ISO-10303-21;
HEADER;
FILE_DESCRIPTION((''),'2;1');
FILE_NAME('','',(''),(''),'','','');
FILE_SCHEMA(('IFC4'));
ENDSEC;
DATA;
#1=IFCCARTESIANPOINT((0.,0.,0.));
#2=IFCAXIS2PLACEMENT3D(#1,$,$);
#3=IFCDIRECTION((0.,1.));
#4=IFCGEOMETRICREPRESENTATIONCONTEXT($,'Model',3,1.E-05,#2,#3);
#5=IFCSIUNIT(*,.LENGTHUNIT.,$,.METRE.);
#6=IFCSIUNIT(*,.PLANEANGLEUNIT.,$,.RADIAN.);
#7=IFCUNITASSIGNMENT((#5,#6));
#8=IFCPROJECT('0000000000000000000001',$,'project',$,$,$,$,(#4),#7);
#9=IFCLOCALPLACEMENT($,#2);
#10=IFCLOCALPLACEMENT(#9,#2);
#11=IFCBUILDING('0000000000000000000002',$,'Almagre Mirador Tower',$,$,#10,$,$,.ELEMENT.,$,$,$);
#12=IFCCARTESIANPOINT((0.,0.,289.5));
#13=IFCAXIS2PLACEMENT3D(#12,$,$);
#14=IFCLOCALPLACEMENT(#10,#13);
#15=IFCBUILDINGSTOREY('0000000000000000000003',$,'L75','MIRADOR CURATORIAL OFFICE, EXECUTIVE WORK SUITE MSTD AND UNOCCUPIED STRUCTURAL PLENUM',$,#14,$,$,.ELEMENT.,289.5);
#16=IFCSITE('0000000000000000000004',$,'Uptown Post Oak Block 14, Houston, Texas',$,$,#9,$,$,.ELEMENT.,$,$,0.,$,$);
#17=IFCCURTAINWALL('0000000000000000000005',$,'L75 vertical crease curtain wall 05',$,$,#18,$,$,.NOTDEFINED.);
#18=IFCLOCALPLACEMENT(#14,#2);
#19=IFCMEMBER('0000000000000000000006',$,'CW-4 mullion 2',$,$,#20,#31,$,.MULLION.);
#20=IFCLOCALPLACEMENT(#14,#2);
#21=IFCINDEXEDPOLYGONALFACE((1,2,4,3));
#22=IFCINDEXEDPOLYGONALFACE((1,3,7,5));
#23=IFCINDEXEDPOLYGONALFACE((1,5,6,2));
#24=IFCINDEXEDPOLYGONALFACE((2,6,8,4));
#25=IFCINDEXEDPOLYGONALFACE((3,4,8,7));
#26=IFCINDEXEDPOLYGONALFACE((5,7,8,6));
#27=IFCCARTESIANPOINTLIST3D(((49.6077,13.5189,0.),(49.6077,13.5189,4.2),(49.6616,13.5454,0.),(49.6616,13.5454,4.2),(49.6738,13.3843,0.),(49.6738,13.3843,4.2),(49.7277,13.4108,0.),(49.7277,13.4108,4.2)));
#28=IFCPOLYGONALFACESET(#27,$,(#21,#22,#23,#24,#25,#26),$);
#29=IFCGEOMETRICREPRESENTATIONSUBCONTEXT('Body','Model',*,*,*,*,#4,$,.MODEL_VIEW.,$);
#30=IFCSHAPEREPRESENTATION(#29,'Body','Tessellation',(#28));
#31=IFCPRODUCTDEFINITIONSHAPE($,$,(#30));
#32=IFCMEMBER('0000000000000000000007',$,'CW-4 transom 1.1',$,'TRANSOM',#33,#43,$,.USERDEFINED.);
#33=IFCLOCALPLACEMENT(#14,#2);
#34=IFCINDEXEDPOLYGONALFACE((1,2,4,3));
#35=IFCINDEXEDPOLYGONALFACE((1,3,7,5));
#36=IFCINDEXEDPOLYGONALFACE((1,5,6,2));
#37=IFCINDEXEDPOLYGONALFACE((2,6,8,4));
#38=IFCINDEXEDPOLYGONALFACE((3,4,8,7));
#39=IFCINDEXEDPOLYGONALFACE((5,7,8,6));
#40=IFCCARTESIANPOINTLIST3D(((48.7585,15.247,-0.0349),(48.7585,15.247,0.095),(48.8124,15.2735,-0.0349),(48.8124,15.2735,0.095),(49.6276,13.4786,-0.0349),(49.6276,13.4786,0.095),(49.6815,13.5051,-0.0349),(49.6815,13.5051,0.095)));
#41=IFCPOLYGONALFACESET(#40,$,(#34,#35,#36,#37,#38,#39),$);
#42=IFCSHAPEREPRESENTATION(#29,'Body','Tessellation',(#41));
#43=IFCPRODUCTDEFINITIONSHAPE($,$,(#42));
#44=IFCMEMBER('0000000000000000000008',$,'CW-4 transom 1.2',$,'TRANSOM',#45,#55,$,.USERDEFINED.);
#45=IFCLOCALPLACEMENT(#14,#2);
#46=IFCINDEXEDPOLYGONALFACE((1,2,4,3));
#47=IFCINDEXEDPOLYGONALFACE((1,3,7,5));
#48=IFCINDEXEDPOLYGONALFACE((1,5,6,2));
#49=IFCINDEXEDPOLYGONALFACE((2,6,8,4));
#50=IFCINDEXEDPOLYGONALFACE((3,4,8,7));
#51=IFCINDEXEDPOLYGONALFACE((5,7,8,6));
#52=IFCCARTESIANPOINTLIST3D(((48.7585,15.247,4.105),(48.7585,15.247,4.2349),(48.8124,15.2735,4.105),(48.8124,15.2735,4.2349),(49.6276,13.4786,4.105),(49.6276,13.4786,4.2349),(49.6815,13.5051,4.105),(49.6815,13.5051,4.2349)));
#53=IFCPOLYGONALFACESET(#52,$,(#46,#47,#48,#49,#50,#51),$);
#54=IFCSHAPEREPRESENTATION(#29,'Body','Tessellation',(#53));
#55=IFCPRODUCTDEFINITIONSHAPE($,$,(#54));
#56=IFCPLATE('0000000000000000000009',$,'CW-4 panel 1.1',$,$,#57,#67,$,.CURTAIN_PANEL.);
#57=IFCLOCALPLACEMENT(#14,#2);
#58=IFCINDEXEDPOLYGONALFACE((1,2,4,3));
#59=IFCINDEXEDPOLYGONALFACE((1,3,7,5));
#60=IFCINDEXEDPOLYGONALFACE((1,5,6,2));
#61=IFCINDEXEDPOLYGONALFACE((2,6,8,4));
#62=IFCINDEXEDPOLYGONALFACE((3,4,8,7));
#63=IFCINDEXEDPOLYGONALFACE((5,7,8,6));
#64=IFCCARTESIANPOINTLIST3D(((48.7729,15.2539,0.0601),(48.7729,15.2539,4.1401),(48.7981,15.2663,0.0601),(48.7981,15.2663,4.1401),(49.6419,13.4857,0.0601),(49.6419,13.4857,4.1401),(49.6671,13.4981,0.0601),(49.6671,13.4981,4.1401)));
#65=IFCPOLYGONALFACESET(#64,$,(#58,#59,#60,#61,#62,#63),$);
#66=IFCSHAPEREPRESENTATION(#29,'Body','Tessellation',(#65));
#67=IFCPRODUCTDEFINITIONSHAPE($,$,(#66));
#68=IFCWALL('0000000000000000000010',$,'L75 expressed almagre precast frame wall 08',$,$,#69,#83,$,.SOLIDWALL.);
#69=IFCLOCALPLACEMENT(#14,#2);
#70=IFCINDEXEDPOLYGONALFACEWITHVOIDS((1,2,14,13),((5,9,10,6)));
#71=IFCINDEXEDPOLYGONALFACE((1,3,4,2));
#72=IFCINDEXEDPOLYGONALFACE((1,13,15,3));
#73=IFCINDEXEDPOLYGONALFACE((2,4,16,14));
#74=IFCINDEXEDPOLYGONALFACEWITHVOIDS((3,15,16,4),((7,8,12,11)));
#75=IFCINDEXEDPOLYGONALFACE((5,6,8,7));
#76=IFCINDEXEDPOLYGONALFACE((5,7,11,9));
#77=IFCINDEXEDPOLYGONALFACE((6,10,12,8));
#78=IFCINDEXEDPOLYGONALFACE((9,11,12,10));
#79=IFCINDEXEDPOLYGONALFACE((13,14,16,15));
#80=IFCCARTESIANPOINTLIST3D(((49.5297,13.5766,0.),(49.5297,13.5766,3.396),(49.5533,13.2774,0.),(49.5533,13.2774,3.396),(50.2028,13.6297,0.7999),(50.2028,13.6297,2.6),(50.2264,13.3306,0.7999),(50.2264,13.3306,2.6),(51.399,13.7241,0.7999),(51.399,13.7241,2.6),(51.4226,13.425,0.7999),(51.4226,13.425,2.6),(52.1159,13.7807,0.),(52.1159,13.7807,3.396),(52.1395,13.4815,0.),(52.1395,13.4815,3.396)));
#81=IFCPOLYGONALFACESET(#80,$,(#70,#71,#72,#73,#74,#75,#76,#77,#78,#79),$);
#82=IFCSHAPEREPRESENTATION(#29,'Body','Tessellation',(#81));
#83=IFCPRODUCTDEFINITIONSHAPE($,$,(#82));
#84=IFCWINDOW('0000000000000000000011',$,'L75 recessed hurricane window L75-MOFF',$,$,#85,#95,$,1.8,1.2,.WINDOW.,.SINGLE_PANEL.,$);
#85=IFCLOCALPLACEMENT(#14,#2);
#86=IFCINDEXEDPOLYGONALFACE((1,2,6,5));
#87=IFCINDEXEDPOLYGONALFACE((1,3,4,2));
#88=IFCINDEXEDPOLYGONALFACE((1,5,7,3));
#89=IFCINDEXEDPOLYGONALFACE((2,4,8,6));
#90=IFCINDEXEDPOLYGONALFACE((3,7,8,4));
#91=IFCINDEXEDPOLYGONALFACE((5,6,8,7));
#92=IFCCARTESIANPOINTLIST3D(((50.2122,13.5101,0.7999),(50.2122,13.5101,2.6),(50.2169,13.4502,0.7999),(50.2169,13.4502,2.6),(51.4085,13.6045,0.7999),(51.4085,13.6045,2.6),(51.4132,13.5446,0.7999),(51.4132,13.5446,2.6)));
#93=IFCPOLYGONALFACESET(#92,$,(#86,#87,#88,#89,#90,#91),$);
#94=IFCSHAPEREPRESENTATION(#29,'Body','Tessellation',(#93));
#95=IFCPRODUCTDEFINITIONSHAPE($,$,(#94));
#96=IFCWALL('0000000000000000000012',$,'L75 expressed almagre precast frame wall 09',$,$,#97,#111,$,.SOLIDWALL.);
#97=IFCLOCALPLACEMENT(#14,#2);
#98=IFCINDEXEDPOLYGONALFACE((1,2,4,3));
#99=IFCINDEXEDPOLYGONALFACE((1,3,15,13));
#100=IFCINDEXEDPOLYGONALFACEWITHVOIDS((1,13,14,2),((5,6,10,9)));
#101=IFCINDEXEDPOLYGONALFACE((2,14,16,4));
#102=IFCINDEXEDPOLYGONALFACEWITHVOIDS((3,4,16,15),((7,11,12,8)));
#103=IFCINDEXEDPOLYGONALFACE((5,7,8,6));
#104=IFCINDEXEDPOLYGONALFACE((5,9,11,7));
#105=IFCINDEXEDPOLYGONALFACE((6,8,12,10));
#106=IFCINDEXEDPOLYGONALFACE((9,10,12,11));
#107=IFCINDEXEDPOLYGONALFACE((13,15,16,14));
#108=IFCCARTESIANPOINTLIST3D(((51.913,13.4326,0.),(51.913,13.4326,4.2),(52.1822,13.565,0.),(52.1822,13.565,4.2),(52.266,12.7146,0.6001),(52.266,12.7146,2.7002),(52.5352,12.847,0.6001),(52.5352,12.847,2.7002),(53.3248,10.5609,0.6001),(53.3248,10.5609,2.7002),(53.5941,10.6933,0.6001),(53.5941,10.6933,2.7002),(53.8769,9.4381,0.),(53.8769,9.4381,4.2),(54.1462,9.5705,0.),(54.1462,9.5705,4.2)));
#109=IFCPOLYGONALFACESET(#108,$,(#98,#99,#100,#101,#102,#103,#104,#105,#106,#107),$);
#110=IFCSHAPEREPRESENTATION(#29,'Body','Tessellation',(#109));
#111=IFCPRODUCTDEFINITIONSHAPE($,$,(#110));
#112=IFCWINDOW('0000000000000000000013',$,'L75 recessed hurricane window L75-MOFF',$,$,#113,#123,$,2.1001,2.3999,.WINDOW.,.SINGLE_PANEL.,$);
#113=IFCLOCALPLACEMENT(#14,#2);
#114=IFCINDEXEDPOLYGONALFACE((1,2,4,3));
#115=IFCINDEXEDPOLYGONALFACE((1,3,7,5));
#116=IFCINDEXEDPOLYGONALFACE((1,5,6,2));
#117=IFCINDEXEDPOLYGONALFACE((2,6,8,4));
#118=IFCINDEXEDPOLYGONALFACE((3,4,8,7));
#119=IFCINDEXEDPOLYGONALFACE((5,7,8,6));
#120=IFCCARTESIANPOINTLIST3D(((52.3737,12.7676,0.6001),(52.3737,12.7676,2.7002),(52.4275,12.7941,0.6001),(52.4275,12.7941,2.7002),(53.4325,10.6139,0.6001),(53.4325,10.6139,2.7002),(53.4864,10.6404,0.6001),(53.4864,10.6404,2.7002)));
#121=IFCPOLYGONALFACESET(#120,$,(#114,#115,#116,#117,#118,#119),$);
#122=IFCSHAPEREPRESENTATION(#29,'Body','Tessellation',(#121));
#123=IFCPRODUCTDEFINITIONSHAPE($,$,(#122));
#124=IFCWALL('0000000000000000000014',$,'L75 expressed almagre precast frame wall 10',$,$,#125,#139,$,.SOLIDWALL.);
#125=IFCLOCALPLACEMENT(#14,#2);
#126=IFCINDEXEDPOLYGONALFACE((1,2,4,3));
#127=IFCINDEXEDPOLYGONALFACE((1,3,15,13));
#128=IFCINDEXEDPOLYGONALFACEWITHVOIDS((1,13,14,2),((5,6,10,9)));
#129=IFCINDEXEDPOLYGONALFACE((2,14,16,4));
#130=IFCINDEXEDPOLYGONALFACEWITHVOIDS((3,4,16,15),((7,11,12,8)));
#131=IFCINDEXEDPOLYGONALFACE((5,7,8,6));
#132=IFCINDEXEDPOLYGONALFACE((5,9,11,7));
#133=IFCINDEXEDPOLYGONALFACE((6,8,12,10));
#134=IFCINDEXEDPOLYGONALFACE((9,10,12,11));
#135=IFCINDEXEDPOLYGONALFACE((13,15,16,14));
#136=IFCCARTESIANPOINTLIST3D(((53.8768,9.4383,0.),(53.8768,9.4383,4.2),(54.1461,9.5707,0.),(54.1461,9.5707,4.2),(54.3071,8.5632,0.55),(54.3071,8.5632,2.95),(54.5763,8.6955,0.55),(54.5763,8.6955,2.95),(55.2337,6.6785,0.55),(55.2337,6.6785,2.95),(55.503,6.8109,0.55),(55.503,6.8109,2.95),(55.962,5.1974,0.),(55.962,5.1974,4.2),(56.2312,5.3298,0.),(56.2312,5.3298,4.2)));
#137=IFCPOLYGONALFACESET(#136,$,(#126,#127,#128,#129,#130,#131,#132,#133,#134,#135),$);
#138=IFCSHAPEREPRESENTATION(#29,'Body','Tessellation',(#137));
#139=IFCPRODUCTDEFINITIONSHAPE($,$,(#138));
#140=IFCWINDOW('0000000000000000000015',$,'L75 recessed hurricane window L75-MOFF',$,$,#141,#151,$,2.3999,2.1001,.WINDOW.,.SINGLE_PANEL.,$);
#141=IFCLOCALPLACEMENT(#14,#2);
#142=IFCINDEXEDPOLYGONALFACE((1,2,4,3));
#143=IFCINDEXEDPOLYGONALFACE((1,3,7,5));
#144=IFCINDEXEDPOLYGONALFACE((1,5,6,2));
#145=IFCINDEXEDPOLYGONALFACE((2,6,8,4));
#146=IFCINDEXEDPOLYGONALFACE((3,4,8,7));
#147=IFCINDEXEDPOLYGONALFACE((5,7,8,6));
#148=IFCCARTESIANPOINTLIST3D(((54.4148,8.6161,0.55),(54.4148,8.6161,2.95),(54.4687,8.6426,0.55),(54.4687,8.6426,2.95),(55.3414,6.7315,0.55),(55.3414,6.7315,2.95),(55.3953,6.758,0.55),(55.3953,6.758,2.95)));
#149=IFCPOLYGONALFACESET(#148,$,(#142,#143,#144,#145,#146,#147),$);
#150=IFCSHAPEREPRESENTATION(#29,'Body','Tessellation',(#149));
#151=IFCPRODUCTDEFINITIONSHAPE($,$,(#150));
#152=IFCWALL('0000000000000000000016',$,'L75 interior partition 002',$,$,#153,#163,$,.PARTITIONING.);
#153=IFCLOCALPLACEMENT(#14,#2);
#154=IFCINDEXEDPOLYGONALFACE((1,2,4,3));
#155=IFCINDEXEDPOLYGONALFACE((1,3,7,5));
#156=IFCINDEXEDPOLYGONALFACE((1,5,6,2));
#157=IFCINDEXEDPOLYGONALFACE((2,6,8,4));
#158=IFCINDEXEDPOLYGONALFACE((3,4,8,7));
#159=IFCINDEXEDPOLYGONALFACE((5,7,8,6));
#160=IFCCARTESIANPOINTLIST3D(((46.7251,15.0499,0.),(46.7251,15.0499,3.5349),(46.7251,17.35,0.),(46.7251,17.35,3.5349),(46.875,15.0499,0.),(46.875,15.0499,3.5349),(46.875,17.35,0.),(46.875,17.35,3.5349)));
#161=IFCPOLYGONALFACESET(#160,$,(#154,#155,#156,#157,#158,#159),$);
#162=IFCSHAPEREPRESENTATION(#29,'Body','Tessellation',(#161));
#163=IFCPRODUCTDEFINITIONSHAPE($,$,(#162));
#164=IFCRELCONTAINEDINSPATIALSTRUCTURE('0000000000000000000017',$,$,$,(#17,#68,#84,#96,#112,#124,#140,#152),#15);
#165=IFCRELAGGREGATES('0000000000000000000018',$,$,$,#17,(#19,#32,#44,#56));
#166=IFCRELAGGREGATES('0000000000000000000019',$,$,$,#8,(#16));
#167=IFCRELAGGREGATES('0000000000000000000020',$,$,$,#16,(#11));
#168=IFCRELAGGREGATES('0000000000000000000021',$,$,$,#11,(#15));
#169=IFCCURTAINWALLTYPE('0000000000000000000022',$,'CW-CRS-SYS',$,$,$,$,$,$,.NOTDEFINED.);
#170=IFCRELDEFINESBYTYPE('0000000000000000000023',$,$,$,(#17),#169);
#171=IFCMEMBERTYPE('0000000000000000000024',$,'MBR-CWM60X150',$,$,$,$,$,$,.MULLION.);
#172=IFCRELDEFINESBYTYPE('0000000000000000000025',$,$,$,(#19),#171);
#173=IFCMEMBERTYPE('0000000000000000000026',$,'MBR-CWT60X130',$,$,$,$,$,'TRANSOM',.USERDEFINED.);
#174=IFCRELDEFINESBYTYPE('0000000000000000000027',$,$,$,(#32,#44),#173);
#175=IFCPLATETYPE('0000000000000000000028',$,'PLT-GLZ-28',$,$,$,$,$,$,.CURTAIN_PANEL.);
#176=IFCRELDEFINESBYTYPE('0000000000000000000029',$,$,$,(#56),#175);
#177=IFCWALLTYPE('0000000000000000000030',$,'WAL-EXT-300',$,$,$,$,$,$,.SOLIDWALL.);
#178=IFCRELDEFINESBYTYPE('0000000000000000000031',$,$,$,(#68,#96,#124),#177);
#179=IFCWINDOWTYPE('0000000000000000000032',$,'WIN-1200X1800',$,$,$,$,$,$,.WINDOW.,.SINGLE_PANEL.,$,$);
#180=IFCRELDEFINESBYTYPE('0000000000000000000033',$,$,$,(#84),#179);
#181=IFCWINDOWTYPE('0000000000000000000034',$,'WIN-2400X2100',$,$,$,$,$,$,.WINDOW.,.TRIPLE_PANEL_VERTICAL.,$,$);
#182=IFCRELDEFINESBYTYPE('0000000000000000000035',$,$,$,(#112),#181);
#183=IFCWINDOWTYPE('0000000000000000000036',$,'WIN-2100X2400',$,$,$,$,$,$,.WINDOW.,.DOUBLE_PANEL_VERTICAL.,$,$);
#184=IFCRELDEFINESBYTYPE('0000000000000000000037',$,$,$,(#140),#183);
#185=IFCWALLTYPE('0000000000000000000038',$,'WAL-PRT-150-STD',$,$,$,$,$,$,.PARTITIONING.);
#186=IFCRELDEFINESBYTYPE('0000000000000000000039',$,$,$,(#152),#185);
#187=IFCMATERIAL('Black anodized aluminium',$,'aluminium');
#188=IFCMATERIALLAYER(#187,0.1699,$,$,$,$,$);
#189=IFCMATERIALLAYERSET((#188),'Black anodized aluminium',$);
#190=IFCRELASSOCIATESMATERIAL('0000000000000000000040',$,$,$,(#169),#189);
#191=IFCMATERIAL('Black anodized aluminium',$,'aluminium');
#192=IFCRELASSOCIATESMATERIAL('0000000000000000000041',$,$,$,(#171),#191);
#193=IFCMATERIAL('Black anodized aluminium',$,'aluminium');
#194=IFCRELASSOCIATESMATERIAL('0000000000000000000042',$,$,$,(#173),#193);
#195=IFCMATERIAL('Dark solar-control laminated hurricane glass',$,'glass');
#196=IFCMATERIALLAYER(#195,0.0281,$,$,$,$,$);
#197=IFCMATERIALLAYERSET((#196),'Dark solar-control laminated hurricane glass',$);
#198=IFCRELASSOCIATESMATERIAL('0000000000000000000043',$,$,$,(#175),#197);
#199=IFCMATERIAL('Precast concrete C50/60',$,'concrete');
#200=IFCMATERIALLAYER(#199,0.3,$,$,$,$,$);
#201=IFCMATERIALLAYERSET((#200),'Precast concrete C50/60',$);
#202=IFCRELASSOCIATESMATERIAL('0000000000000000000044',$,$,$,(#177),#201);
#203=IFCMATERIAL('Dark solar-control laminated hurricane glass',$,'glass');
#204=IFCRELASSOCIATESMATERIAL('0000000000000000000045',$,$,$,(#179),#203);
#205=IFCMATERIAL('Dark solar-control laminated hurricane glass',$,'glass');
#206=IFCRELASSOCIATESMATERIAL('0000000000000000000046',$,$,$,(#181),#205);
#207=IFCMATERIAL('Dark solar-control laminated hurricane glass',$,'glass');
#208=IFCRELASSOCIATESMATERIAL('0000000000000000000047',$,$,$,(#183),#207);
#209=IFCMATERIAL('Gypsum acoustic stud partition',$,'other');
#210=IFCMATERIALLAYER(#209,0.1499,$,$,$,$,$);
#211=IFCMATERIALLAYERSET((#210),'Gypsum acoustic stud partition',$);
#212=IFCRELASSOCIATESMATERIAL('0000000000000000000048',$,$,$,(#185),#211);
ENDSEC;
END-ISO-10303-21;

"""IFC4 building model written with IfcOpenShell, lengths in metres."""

from ifc_helpers import new_model, si_unit, direction, frame, frame_2d, origin, origin_2d, place, context, subcontext, project, spatial, rectangle, extrude, material, layer, layer_set, material_profile, profile_set, type_object, element, fill, aggregate, save


model = new_model("IFC4")

# Units and contexts
model_context = context("Model", 3, precision=1e-05, world=origin(), true_north=direction((0.0, 1.0)))
body_context = subcontext(model_context, "Body", "Model", "MODEL_VIEW")
ifc_project = project(units=[si_unit("LENGTHUNIT", "METRE"), si_unit("PLANEANGLEUNIT", "RADIAN")], contexts=[model_context])

# Site, building, storey
site_placement = place(None, origin())
site = spatial("IfcSite", under=ifc_project, at=site_placement, Name="Uptown Post Oak Block 14, Houston, Texas", CompositionType="ELEMENT", RefElevation=0.0)
building_placement = place(site_placement, origin())
building = spatial("IfcBuilding", under=site, at=building_placement, Name="Almagre Mirador Tower", CompositionType="ELEMENT")
storey_placement = place(building_placement, frame((0.0, 0.0, 289.5)))
storey = spatial("IfcBuildingStorey", under=building, at=storey_placement, Name="L75", Description="MIRADOR CURATORIAL OFFICE, EXECUTIVE WORK SUITE MSTD AND UNOCCUPIED STRUCTURAL PLENUM", CompositionType="ELEMENT", Elevation=289.5)

# Curtain wall, members, plate
ifc_material_1 = material(Name="Black anodized aluminium", Category="aluminium")
ifc_layer_1 = layer(ifc_material_1, 0.1699)
ifc_layer_set_1 = layer_set([ifc_layer_1], Name="Black anodized aluminium")
curtain_wall_type = type_object("IfcCurtainWallType", Name="CW-CRS-SYS", PredefinedType="NOTDEFINED", material=ifc_layer_set_1)
curtain_wall_placement = place(storey_placement, origin())
curtain_wall = element("IfcCurtainWall", 1, at=curtain_wall_placement, inside=storey, type_object=curtain_wall_type, Name="L75 vertical crease curtain wall 05", PredefinedType="NOTDEFINED")
ifc_material_2 = material(Name="Black anodized aluminium", Category="aluminium")
ifc_material_profile_1 = material_profile(ifc_material_2, rectangle(XDim=0.0601, YDim=0.1499, at=origin_2d()), Name="CWM60X150")
ifc_profile_set_1 = profile_set([ifc_material_profile_1], Name="Black anodized aluminium")
member_type_1 = type_object("IfcMemberType", Name="MBR-CWM60X150", PredefinedType="MULLION", material=ifc_profile_set_1)
member_1_placement = place(storey_placement, frame((49.6677, 13.4648, 0.0), z_axis=(0.0, 0.0, 1.0), x_axis=(0.897468, 0.44108, 0.0)))
member_1 = element("IfcMember", 2, at=member_1_placement, type_object=member_type_1, Name="CW-4 mullion 2", PredefinedType="MULLION", context=body_context, shape_type="SweptSolid", body=[
    extrude(rectangle(XDim=0.0601, YDim=0.1499, at=origin_2d()), origin(), (0.0, 0.0, 1.0), 4.2),
])
ifc_material_3 = material(Name="Black anodized aluminium", Category="aluminium")
ifc_material_profile_2 = material_profile(ifc_material_3, rectangle(XDim=0.0601, YDim=0.1299, at=origin_2d()), Name="CWT60X130")
ifc_profile_set_2 = profile_set([ifc_material_profile_2], Name="Black anodized aluminium")
member_type_2 = type_object("IfcMemberType", Name="MBR-CWT60X130", ElementType="TRANSOM", PredefinedType="USERDEFINED", material=ifc_profile_set_2)
member_2_placement = place(storey_placement, frame((48.7854, 15.2603, 0.03), z_axis=(0.441107, -0.897455, 0.0), x_axis=(0.897455, 0.441107, 0.0)))
member_2 = element("IfcMember", 3, at=member_2_placement, type_object=member_type_2, Name="CW-4 transom 1.1", ObjectType="TRANSOM", PredefinedType="USERDEFINED", context=body_context, shape_type="SweptSolid", body=[
    extrude(rectangle(XDim=0.0601, YDim=0.1299, at=origin_2d()), origin(), (0.0, 0.0, 1.0), 1.9705),
])
member_3_placement = place(storey_placement, frame((48.7854, 15.2603, 4.1699), z_axis=(0.441107, -0.897455, 0.0), x_axis=(0.897455, 0.441107, 0.0)))
member_3 = element("IfcMember", 4, at=member_3_placement, type_object=member_type_2, Name="CW-4 transom 1.2", ObjectType="TRANSOM", PredefinedType="USERDEFINED", context=body_context, shape_type="SweptSolid", body=[
    extrude(rectangle(XDim=0.0601, YDim=0.1299, at=origin_2d()), origin(), (0.0, 0.0, 1.0), 1.9705),
])
ifc_material_4 = material(Name="Dark solar-control laminated hurricane glass", Category="glass")
ifc_layer_2 = layer(ifc_material_4, 0.0281)
ifc_layer_set_2 = layer_set([ifc_layer_2], Name="Dark solar-control laminated hurricane glass")
plate_type = type_object("IfcPlateType", Name="PLT-GLZ-28", PredefinedType="CURTAIN_PANEL", material=ifc_layer_set_2)
plate_placement = place(storey_placement, frame((49.22, 14.376, 0.0601), z_axis=(0.0, 0.0, 1.0), x_axis=(0.44108, -0.897468, 0.0)))
plate = element("IfcPlate", 5, at=plate_placement, type_object=plate_type, Name="CW-4 panel 1.1", PredefinedType="CURTAIN_PANEL", context=body_context, shape_type="SweptSolid", body=[
    extrude(rectangle(XDim=1.9702, YDim=0.0281, at=origin_2d()), origin(), (0.0, 0.0, 1.0), 4.0801),
])
aggregate(curtain_wall, [member_1, member_2, member_3, plate])

# Walls, openings, windows
ifc_material_5 = material(Name="Precast concrete C50/60", Category="concrete")
ifc_layer_3 = layer(ifc_material_5, 0.3)
ifc_layer_set_3 = layer_set([ifc_layer_3], Name="Precast concrete C50/60")
wall_type_1 = type_object("IfcWallType", Name="WAL-EXT-300", PredefinedType="SOLIDWALL", material=ifc_layer_set_3)
wall_1_placement = place(storey_placement, frame((49.5415, 13.427, 0.0), z_axis=(0.0, 0.0, 1.0), x_axis=(0.9969, 0.078675, 0.0)))
wall_1 = element("IfcWall", 6, at=wall_1_placement, inside=storey, type_object=wall_type_1, Name="L75 expressed almagre precast frame wall 08", PredefinedType="SOLIDWALL", context=body_context, shape_type="SweptSolid", body=[
    extrude(rectangle(XDim=2.5942, YDim=0.3, at=frame_2d((1.2971, 0.0))), origin(), (0.0, 0.0, 1.0), 3.396),
])
opening_1_placement = place(wall_1_placement, frame((0.675, 0.0, 0.8)))
opening_1 = element("IfcOpeningElement", 7, at=opening_1_placement, cuts=wall_1, PredefinedType="OPENING", context=body_context, shape_type="SweptSolid", body=[
    extrude(rectangle(XDim=1.2, YDim=1.8, at=frame_2d((0.6001, 0.8999))), frame((0.0, 0.1599, 0.0), z_axis=(0.0, -1.0, 0.0), x_axis=(1.0, 0.0, 0.0)), (0.0, 0.0, 1.0), 0.32),
])
ifc_material_6 = material(Name="Dark solar-control laminated hurricane glass", Category="glass")
window_type_1 = type_object("IfcWindowType", Name="WIN-1200X1800", PartitioningType="SINGLE_PANEL", PredefinedType="WINDOW", material=ifc_material_6)
window_1_placement = place(opening_1_placement, origin())
window_1 = element("IfcWindow", 8, at=window_1_placement, inside=storey, type_object=window_type_1, Name="L75 recessed hurricane window L75-MOFF", OverallHeight=1.8, OverallWidth=1.2, PartitioningType="SINGLE_PANEL", PredefinedType="WINDOW", context=body_context, shape_type="SweptSolid", body=[
    extrude(rectangle(XDim=1.2, YDim=1.8, at=frame_2d((0.6001, 0.8999))), frame((0.0, 0.03, 0.0), z_axis=(0.0, -1.0, 0.0), x_axis=(1.0, 0.0, 0.0)), (0.0, 0.0, 1.0), 0.0601),
])
fill(opening_1, window_1)
wall_2_placement = place(storey_placement, frame((52.0476, 13.4988, 0.0), z_axis=(0.0, 0.0, 1.0), x_axis=(0.441214, -0.897402, 0.0)))
wall_2 = element("IfcWall", 9, at=wall_2_placement, inside=storey, type_object=wall_type_1, Name="L75 expressed almagre precast frame wall 09", PredefinedType="SOLIDWALL", context=body_context, shape_type="SweptSolid", body=[
    extrude(rectangle(XDim=4.4512, YDim=0.3, at=frame_2d((2.2256, 0.0))), origin(), (0.0, 0.0, 1.0), 4.2),
])
opening_2_placement = place(wall_2_placement, frame((0.8, 0.0, 0.6001)))
opening_2 = element("IfcOpeningElement", 10, at=opening_2_placement, cuts=wall_2, PredefinedType="OPENING", context=body_context, shape_type="SweptSolid", body=[
    extrude(rectangle(XDim=2.3999, YDim=2.1001, at=frame_2d((1.2, 1.05))), frame((0.0, 0.1599, 0.0), z_axis=(0.0, -1.0, 0.0), x_axis=(1.0, 0.0, 0.0)), (0.0, 0.0, 1.0), 0.32),
])
ifc_material_7 = material(Name="Dark solar-control laminated hurricane glass", Category="glass")
window_type_2 = type_object("IfcWindowType", Name="WIN-2400X2100", PartitioningType="TRIPLE_PANEL_VERTICAL", PredefinedType="WINDOW", material=ifc_material_7)
window_2_placement = place(opening_2_placement, origin())
window_2 = element("IfcWindow", 11, at=window_2_placement, inside=storey, type_object=window_type_2, Name="L75 recessed hurricane window L75-MOFF", OverallHeight=2.1001, OverallWidth=2.3999, PartitioningType="SINGLE_PANEL", PredefinedType="WINDOW", context=body_context, shape_type="SweptSolid", body=[
    extrude(rectangle(XDim=2.3999, YDim=2.1001, at=frame_2d((1.2, 1.05))), frame((0.0, 0.03, 0.0), z_axis=(0.0, -1.0, 0.0), x_axis=(1.0, 0.0, 0.0)), (0.0, 0.0, 1.0), 0.0601),
])
fill(opening_2, window_2)
wall_3_placement = place(storey_placement, frame((54.0115, 9.5044, 0.0), z_axis=(0.0, 0.0, 1.0), x_axis=(0.441232, -0.897393, 0.0)))
wall_3 = element("IfcWall", 12, at=wall_3_placement, inside=storey, type_object=wall_type_1, Name="L75 expressed almagre precast frame wall 10", PredefinedType="SOLIDWALL", context=body_context, shape_type="SweptSolid", body=[
    extrude(rectangle(XDim=4.7258, YDim=0.3, at=frame_2d((2.3628, 0.0))), origin(), (0.0, 0.0, 1.0), 4.2),
])
opening_3_placement = place(wall_3_placement, frame((0.9751, 0.0, 0.55)))
opening_3 = element("IfcOpeningElement", 13, at=opening_3_placement, cuts=wall_3, PredefinedType="OPENING", context=body_context, shape_type="SweptSolid", body=[
    extrude(rectangle(XDim=2.1001, YDim=2.3999, at=frame_2d((1.05, 1.2))), frame((0.0, 0.1599, 0.0), z_axis=(0.0, -1.0, 0.0), x_axis=(1.0, 0.0, 0.0)), (0.0, 0.0, 1.0), 0.32),
])
ifc_material_8 = material(Name="Dark solar-control laminated hurricane glass", Category="glass")
window_type_3 = type_object("IfcWindowType", Name="WIN-2100X2400", PartitioningType="DOUBLE_PANEL_VERTICAL", PredefinedType="WINDOW", material=ifc_material_8)
window_3_placement = place(opening_3_placement, origin())
window_3 = element("IfcWindow", 14, at=window_3_placement, inside=storey, type_object=window_type_3, Name="L75 recessed hurricane window L75-MOFF", OverallHeight=2.3999, OverallWidth=2.1001, PartitioningType="SINGLE_PANEL", PredefinedType="WINDOW", context=body_context, shape_type="SweptSolid", body=[
    extrude(rectangle(XDim=2.1001, YDim=2.3999, at=frame_2d((1.05, 1.2))), frame((0.0, 0.03, 0.0), z_axis=(0.0, -1.0, 0.0), x_axis=(1.0, 0.0, 0.0)), (0.0, 0.0, 1.0), 0.0601),
])
fill(opening_3, window_3)

# Wall
ifc_material_9 = material(Name="Gypsum acoustic stud partition", Category="other")
ifc_layer_4 = layer(ifc_material_9, 0.1499)
ifc_layer_set_4 = layer_set([ifc_layer_4], Name="Gypsum acoustic stud partition")
wall_type_2 = type_object("IfcWallType", Name="WAL-PRT-150-STD", PredefinedType="PARTITIONING", material=ifc_layer_set_4)
wall_4_placement = place(storey_placement, frame((46.8, 15.05, 0.0), z_axis=(0.0, 0.0, 1.0), x_axis=(0.0, 1.0, 0.0)))
element("IfcWall", 15, at=wall_4_placement, inside=storey, type_object=wall_type_2, Name="L75 interior partition 002", PredefinedType="PARTITIONING", context=body_context, shape_type="SweptSolid", body=[
    extrude(rectangle(XDim=2.3, YDim=0.1499, at=frame_2d((1.1499, 0.0))), origin(), (0.0, 0.0, 1.0), 3.5349),
])

save(model, "model.ifc")
